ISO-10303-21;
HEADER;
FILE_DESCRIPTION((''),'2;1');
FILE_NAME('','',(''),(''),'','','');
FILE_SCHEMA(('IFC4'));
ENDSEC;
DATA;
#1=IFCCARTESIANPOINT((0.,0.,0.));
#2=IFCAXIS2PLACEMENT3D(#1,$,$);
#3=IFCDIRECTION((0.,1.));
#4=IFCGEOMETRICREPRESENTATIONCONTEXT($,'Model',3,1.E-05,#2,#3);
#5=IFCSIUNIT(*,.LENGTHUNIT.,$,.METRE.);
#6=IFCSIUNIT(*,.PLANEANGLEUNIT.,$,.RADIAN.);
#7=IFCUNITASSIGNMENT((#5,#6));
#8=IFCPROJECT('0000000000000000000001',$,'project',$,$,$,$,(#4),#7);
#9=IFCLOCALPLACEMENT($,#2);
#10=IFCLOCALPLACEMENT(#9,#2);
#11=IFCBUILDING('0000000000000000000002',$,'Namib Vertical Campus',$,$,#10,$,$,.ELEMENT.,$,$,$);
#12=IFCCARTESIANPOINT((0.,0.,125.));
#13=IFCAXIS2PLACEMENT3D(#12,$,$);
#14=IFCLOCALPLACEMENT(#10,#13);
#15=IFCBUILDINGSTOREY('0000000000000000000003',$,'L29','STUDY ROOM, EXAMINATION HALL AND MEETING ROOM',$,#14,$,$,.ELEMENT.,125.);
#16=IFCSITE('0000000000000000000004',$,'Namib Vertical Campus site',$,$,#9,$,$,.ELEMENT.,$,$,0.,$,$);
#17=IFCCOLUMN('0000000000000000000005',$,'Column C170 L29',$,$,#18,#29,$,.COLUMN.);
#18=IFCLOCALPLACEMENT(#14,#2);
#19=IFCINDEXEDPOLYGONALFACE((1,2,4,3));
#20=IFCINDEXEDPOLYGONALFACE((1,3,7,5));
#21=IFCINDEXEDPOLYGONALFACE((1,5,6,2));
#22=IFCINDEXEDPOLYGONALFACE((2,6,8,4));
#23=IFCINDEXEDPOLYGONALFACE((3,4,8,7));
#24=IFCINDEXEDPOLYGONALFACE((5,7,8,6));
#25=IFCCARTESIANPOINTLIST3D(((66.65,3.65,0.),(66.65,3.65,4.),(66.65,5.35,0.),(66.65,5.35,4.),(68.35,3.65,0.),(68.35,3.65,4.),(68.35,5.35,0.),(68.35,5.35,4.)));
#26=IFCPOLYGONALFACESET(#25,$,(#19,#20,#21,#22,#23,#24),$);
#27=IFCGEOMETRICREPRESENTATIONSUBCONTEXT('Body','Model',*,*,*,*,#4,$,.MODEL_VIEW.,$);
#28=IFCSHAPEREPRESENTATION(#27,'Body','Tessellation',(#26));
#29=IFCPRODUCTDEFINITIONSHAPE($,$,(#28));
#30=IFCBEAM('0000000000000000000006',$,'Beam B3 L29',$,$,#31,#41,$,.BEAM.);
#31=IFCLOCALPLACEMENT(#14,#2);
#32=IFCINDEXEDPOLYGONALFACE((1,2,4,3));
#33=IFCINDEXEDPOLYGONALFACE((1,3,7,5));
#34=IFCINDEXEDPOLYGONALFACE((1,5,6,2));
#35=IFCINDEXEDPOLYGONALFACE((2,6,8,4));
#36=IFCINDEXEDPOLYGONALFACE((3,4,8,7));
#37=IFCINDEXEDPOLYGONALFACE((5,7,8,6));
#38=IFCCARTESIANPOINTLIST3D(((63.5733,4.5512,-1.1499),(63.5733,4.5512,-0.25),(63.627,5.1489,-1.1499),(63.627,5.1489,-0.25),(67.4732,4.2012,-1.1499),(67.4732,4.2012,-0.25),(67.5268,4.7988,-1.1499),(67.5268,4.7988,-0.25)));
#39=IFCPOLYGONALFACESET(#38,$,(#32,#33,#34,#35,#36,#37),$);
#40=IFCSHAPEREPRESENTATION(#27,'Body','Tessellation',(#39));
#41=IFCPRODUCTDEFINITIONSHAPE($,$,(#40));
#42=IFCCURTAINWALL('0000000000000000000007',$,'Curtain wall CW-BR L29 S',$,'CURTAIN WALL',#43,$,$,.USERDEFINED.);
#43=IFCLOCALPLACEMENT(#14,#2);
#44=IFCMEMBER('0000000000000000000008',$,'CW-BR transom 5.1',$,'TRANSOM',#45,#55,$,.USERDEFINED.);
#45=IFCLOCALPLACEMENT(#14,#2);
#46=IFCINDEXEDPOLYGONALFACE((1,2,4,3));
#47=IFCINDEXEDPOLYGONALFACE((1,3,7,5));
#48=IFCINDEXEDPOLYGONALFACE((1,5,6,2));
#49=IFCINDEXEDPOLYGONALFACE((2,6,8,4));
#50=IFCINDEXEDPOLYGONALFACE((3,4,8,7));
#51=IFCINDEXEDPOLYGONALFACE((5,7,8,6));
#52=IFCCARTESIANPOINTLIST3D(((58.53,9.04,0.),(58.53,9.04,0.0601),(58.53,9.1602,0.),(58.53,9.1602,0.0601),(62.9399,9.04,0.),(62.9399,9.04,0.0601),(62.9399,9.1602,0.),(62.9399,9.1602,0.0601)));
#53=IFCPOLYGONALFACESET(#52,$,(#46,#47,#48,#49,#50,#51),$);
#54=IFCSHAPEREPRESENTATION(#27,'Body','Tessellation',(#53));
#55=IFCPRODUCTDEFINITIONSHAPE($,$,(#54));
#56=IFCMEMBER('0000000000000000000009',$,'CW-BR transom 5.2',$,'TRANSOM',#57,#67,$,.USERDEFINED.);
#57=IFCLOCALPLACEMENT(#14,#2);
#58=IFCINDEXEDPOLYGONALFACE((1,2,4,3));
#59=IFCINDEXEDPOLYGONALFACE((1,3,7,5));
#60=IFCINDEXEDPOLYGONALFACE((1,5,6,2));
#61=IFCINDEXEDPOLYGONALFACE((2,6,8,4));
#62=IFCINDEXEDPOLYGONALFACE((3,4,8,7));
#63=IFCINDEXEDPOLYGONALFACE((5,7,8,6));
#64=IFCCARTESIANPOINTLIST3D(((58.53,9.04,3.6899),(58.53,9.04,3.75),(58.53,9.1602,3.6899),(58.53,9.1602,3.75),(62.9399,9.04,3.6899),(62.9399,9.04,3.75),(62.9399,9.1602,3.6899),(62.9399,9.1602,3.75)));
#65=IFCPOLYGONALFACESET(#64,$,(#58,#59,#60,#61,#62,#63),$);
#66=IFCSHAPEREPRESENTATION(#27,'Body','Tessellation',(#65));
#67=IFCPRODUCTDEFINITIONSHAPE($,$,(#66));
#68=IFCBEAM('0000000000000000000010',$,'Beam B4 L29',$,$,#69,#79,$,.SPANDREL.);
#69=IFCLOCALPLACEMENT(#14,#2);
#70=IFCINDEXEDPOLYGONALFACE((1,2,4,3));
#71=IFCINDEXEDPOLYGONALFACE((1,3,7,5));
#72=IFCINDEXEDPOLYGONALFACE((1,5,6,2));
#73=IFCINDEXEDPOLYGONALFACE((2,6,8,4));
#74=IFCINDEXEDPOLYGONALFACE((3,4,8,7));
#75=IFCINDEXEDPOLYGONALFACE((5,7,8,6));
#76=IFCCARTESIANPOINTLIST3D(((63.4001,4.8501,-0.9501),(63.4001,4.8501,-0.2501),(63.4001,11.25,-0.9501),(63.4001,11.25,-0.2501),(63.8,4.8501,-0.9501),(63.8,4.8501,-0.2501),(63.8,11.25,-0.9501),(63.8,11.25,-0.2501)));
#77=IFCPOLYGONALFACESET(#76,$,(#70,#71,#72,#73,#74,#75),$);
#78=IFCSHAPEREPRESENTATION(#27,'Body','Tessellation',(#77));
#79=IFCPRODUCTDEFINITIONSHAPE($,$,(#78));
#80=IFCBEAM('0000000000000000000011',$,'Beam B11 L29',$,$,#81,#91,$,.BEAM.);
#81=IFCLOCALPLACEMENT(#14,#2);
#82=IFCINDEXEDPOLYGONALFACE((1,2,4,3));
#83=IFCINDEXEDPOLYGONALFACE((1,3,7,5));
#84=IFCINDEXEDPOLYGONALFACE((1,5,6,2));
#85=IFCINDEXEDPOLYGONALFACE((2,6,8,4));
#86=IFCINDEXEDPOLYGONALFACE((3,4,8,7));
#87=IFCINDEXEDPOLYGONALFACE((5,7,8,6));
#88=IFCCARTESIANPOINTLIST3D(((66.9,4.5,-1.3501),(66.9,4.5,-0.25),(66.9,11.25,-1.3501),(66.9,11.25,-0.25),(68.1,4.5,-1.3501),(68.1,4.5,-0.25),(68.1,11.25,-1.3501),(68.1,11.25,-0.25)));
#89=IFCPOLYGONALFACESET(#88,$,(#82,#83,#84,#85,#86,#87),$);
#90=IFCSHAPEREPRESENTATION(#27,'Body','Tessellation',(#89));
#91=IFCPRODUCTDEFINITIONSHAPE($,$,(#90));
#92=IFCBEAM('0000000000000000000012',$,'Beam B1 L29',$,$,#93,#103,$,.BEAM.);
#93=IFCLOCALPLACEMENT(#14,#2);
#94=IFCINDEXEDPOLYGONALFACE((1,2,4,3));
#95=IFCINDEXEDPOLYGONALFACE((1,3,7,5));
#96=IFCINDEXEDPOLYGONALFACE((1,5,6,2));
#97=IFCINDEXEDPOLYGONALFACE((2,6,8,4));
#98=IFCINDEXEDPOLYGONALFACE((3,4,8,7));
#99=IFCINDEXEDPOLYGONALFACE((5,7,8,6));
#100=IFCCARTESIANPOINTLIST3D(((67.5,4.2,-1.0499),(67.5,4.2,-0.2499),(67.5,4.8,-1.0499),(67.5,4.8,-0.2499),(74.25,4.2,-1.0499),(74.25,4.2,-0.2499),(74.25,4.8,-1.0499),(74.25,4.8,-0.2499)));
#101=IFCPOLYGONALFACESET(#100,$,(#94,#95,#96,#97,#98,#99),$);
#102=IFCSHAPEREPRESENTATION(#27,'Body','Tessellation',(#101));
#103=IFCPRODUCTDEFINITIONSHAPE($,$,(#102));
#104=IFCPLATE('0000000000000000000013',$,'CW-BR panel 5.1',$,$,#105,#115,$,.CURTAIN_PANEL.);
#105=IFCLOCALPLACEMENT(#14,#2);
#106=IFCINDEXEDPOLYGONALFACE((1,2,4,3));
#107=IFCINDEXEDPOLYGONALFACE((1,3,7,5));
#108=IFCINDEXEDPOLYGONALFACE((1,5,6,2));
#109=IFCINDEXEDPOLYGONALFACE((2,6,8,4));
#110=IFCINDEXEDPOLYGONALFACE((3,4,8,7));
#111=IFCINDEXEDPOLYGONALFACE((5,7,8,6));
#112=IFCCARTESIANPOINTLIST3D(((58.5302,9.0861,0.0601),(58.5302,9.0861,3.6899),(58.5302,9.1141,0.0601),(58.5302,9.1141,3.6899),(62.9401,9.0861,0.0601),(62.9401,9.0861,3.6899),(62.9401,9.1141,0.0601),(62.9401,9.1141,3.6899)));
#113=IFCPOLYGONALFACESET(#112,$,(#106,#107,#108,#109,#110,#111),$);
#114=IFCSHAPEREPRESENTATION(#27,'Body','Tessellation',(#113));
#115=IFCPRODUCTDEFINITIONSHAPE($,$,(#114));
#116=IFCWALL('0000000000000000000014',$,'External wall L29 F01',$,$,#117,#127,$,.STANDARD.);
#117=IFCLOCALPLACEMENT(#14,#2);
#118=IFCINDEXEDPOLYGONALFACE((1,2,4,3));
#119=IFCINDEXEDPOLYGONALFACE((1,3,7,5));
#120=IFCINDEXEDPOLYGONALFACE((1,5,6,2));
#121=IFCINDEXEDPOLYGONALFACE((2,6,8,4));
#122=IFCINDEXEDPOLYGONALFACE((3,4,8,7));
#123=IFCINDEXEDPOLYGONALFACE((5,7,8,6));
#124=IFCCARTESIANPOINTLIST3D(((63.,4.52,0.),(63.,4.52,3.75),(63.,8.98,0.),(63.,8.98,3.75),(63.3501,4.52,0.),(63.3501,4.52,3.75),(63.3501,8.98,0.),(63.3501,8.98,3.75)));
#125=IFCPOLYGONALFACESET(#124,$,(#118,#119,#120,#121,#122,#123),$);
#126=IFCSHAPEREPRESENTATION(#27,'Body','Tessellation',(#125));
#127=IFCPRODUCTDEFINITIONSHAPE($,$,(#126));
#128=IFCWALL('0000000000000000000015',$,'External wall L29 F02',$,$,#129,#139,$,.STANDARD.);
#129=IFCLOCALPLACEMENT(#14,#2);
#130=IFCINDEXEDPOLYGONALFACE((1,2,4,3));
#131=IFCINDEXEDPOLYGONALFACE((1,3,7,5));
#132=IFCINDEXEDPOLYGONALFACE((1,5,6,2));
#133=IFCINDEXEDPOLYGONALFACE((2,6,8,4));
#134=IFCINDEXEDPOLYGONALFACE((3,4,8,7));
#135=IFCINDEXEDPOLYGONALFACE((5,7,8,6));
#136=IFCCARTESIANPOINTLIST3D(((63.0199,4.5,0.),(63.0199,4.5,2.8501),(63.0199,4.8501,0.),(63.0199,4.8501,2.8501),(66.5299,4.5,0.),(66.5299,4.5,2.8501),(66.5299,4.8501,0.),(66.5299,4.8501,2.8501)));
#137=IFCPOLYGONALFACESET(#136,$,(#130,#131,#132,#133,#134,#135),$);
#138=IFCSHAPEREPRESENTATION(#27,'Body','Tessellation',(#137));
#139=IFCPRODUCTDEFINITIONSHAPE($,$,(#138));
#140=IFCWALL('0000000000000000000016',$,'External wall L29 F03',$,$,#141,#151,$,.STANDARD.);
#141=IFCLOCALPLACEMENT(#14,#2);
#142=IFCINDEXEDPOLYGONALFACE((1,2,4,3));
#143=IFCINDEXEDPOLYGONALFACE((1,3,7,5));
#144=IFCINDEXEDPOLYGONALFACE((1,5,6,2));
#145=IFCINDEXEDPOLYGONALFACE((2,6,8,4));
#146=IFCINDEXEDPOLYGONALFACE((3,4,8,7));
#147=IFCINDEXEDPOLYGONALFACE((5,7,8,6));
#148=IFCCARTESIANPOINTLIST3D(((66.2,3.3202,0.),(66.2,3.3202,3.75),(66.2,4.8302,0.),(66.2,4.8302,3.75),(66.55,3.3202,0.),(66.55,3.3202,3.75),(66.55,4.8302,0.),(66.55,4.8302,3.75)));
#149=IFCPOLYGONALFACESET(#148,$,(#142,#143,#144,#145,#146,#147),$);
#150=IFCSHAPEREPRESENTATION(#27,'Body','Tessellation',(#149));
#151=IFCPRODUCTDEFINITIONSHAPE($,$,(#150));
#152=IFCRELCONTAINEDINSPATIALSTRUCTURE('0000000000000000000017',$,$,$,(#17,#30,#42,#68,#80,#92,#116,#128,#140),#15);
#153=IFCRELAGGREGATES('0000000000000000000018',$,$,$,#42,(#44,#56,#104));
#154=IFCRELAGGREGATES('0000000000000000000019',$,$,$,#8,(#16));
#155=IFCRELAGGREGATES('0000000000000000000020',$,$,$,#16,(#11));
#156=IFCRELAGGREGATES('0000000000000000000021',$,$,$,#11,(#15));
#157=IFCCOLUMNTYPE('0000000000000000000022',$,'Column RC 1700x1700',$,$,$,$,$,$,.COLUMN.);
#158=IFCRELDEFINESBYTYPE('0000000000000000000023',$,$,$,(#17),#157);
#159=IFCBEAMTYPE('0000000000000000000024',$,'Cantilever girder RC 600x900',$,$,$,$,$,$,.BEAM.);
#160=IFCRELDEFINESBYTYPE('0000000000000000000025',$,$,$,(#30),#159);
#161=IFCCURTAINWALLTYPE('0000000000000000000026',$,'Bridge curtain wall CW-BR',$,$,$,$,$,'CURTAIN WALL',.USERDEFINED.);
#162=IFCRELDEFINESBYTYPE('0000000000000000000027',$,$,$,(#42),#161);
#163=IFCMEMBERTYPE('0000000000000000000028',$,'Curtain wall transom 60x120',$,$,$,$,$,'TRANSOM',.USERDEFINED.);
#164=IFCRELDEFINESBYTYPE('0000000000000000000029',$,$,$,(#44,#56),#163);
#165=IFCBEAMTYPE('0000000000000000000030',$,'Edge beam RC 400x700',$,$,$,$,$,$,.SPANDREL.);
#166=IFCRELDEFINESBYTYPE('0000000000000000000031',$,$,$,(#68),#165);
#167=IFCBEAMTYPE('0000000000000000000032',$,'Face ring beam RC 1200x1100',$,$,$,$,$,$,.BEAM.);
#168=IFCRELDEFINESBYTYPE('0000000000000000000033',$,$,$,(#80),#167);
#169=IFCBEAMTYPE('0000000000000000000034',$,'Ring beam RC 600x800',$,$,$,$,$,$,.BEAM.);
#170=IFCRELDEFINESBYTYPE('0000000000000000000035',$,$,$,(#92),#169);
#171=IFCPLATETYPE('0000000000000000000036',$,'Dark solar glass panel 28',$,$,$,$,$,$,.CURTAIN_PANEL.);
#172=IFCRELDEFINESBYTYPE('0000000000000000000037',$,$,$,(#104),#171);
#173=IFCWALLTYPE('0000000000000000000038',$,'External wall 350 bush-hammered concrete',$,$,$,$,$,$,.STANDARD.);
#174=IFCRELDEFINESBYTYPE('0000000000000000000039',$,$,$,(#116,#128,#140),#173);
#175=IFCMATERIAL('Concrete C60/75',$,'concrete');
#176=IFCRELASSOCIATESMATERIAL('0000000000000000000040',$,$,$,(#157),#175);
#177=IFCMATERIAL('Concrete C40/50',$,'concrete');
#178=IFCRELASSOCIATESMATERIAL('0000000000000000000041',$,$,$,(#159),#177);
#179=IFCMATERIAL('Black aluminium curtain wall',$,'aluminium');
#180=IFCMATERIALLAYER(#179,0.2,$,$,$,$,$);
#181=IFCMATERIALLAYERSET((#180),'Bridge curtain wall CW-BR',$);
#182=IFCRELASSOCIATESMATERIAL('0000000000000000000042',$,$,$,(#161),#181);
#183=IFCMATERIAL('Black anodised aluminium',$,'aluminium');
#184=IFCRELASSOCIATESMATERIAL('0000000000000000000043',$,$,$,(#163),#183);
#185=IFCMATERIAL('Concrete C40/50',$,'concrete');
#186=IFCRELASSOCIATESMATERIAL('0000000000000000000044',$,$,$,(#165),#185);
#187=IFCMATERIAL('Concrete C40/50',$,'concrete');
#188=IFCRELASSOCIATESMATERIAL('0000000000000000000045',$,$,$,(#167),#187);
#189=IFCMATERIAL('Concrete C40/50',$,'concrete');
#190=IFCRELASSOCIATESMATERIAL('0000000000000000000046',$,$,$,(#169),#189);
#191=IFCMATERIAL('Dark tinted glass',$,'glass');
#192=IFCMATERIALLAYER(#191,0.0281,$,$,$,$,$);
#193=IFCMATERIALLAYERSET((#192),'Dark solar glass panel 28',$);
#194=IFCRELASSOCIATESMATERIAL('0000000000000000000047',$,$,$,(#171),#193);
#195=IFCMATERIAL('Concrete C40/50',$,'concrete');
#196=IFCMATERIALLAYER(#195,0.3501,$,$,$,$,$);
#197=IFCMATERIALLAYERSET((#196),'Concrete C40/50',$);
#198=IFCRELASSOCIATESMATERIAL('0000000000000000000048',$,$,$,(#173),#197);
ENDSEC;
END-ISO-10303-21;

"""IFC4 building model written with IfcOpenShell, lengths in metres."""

from ifc_helpers import new_model, si_unit, direction, frame, frame_2d, origin, origin_2d, place, context, subcontext, project, spatial, rectangle, extrude, material, layer, layer_set, material_profile, profile_set, type_object, element, aggregate, save


model = new_model("IFC4")

# Units and contexts
model_context = context("Model", 3, precision=1e-05, world=origin(), true_north=direction((0.0, 1.0)))
body_context = subcontext(model_context, "Body", "Model", "MODEL_VIEW")
ifc_project = project(units=[si_unit("LENGTHUNIT", "METRE"), si_unit("PLANEANGLEUNIT", "RADIAN")], contexts=[model_context])

# Site, building, storey
site_placement = place(None, origin())
site = spatial("IfcSite", under=ifc_project, at=site_placement, Name="Namib Vertical Campus site", CompositionType="ELEMENT", RefElevation=0.0)
building_placement = place(site_placement, origin())
building = spatial("IfcBuilding", under=site, at=building_placement, Name="Namib Vertical Campus", CompositionType="ELEMENT")
storey_placement = place(building_placement, frame((0.0, 0.0, 125.0)))
storey = spatial("IfcBuildingStorey", under=building, at=storey_placement, Name="L29", Description="STUDY ROOM, EXAMINATION HALL AND MEETING ROOM", CompositionType="ELEMENT", Elevation=125.0)

# Column
ifc_material_1 = material(Name="Concrete C60/75", Category="concrete")
ifc_material_profile_1 = material_profile(ifc_material_1, rectangle(XDim=1.7, YDim=1.7, at=origin_2d()))
ifc_profile_set_1 = profile_set([ifc_material_profile_1], Name="Concrete C60/75")
column_type = type_object("IfcColumnType", Name="Column RC 1700x1700", PredefinedType="COLUMN", material=ifc_profile_set_1)
column_placement = place(storey_placement, frame((67.5, 4.5, 0.0), z_axis=(0.0, 0.0, 1.0), x_axis=(1.0, 0.0, 0.0)))
element("IfcColumn", 1, at=column_placement, inside=storey, type_object=column_type, Name="Column C170 L29", PredefinedType="COLUMN", context=body_context, shape_type="SweptSolid", body=[
    extrude(rectangle(XDim=1.7, YDim=1.7, at=origin_2d()), origin(), (0.0, 0.0, 1.0), 4.0),
])

# Beam
ifc_material_2 = material(Name="Concrete C40/50", Category="concrete")
ifc_material_profile_2 = material_profile(ifc_material_2, rectangle(XDim=0.6001, YDim=0.8999, at=origin_2d()))
ifc_profile_set_2 = profile_set([ifc_material_profile_2], Name="Concrete C40/50")
beam_type_1 = type_object("IfcBeamType", Name="Cantilever girder RC 600x900", PredefinedType="BEAM", material=ifc_profile_set_2)
beam_1_placement = place(storey_placement, frame((67.5, 4.5, -0.7), z_axis=(-0.995995, 0.089411, 0.0), x_axis=(-0.089411, -0.995995, 0.0)))
element("IfcBeam", 2, at=beam_1_placement, inside=storey, type_object=beam_type_1, Name="Beam B3 L29", PredefinedType="BEAM", context=body_context, shape_type="SweptSolid", body=[
    extrude(rectangle(XDim=0.6001, YDim=0.8999, at=origin_2d()), origin(), (0.0, 0.0, 1.0), 3.9155),
])

# Curtain wall, members
ifc_material_3 = material(Name="Black aluminium curtain wall", Category="aluminium")
ifc_layer_1 = layer(ifc_material_3, 0.2)
ifc_layer_set_1 = layer_set([ifc_layer_1], Name="Bridge curtain wall CW-BR")
curtain_wall_type = type_object("IfcCurtainWallType", Name="Bridge curtain wall CW-BR", ElementType="CURTAIN WALL", PredefinedType="USERDEFINED", material=ifc_layer_set_1)
curtain_wall_placement = place(storey_placement, origin())
curtain_wall = element("IfcCurtainWall", 3, at=curtain_wall_placement, inside=storey, type_object=curtain_wall_type, Name="Curtain wall CW-BR L29 S", ObjectType="CURTAIN WALL", PredefinedType="USERDEFINED")
ifc_material_4 = material(Name="Black anodised aluminium", Category="aluminium")
ifc_material_profile_3 = material_profile(ifc_material_4, rectangle(XDim=0.0601, YDim=0.1201, at=origin_2d()))
ifc_profile_set_3 = profile_set([ifc_material_profile_3], Name="Black anodised aluminium")
member_type = type_object("IfcMemberType", Name="Curtain wall transom 60x120", ElementType="TRANSOM", PredefinedType="USERDEFINED", material=ifc_profile_set_3)
member_1_placement = place(storey_placement, frame((58.53, 9.1001, 0.03), z_axis=(1.0, 0.0, 0.0), x_axis=(0.0, 0.0, 1.0)))
member_1 = element("IfcMember", 4, at=member_1_placement, type_object=member_type, Name="CW-BR transom 5.1", ObjectType="TRANSOM", PredefinedType="USERDEFINED", context=body_context, shape_type="SweptSolid", body=[
    extrude(rectangle(XDim=0.0601, YDim=0.1201, at=origin_2d()), origin(), (0.0, 0.0, 1.0), 4.4099),
])
member_2_placement = place(storey_placement, frame((58.53, 9.1001, 3.72), z_axis=(1.0, 0.0, 0.0), x_axis=(0.0, 0.0, 1.0)))
member_2 = element("IfcMember", 5, at=member_2_placement, type_object=member_type, Name="CW-BR transom 5.2", ObjectType="TRANSOM", PredefinedType="USERDEFINED", context=body_context, shape_type="SweptSolid", body=[
    extrude(rectangle(XDim=0.0601, YDim=0.1201, at=origin_2d()), origin(), (0.0, 0.0, 1.0), 4.4099),
])

# Beams
ifc_material_5 = material(Name="Concrete C40/50", Category="concrete")
ifc_material_profile_4 = material_profile(ifc_material_5, rectangle(XDim=0.3999, YDim=0.7, at=origin_2d()))
ifc_profile_set_4 = profile_set([ifc_material_profile_4], Name="Concrete C40/50")
beam_type_2 = type_object("IfcBeamType", Name="Edge beam RC 400x700", PredefinedType="SPANDREL", material=ifc_profile_set_4)
beam_2_placement = place(storey_placement, frame((63.6001, 4.8501, -0.6001), z_axis=(0.0, 1.0, 0.0), x_axis=(-1.0, 0.0, 0.0)))
element("IfcBeam", 6, at=beam_2_placement, inside=storey, type_object=beam_type_2, Name="Beam B4 L29", PredefinedType="SPANDREL", context=body_context, shape_type="SweptSolid", body=[
    extrude(rectangle(XDim=0.3999, YDim=0.7, at=origin_2d()), origin(), (0.0, 0.0, 1.0), 6.3999),
])
ifc_material_6 = material(Name="Concrete C40/50", Category="concrete")
ifc_material_profile_5 = material_profile(ifc_material_6, rectangle(XDim=1.2, YDim=1.1001, at=origin_2d()))
ifc_profile_set_5 = profile_set([ifc_material_profile_5], Name="Concrete C40/50")
beam_type_3 = type_object("IfcBeamType", Name="Face ring beam RC 1200x1100", PredefinedType="BEAM", material=ifc_profile_set_5)
beam_3_placement = place(storey_placement, frame((67.5, 4.5, -0.8), z_axis=(0.0, 1.0, 0.0), x_axis=(-1.0, 0.0, 0.0)))
element("IfcBeam", 7, at=beam_3_placement, inside=storey, type_object=beam_type_3, Name="Beam B11 L29", PredefinedType="BEAM", context=body_context, shape_type="SweptSolid", body=[
    extrude(rectangle(XDim=1.2, YDim=1.1001, at=origin_2d()), origin(), (0.0, 0.0, 1.0), 6.75),
])
ifc_material_7 = material(Name="Concrete C40/50", Category="concrete")
ifc_material_profile_6 = material_profile(ifc_material_7, rectangle(XDim=0.6001, YDim=0.8, at=origin_2d()))
ifc_profile_set_6 = profile_set([ifc_material_profile_6], Name="Concrete C40/50")
beam_type_4 = type_object("IfcBeamType", Name="Ring beam RC 600x800", PredefinedType="BEAM", material=ifc_profile_set_6)
beam_4_placement = place(storey_placement, frame((67.5, 4.5, -0.6499), z_axis=(1.0, 0.0, 0.0), x_axis=(0.0, 1.0, 0.0)))
element("IfcBeam", 8, at=beam_4_placement, inside=storey, type_object=beam_type_4, Name="Beam B1 L29", PredefinedType="BEAM", context=body_context, shape_type="SweptSolid", body=[
    extrude(rectangle(XDim=0.6001, YDim=0.8, at=origin_2d()), origin(), (0.0, 0.0, 1.0), 6.75),
])

# Plate
ifc_material_8 = material(Name="Dark tinted glass", Category="glass")
ifc_layer_2 = layer(ifc_material_8, 0.0281)
ifc_layer_set_2 = layer_set([ifc_layer_2], Name="Dark solar glass panel 28")
plate_type = type_object("IfcPlateType", Name="Dark solar glass panel 28", PredefinedType="CURTAIN_PANEL", material=ifc_layer_set_2)
plate_placement = place(storey_placement, frame((60.7351, 9.1001, 0.0601), z_axis=(0.0, 0.0, 1.0), x_axis=(1.0, 0.0, 0.0)))
plate = element("IfcPlate", 9, at=plate_placement, type_object=plate_type, Name="CW-BR panel 5.1", PredefinedType="CURTAIN_PANEL", context=body_context, shape_type="SweptSolid", body=[
    extrude(rectangle(XDim=4.4099, YDim=0.0281, at=origin_2d()), origin(), (0.0, 0.0, 1.0), 3.6299),
])
aggregate(curtain_wall, [member_1, member_2, plate])

# Walls
ifc_material_9 = material(Name="Concrete C40/50", Category="concrete")
ifc_layer_3 = layer(ifc_material_9, 0.3501)
ifc_layer_set_3 = layer_set([ifc_layer_3], Name="Concrete C40/50")
wall_type = type_object("IfcWallType", Name="External wall 350 bush-hammered concrete", PredefinedType="STANDARD", material=ifc_layer_set_3)
wall_1_placement = place(storey_placement, frame((63.175, 8.98, 0.0), z_axis=(0.0, 0.0, 1.0), x_axis=(0.0, -1.0, 0.0)))
element("IfcWall", 10, at=wall_1_placement, inside=storey, type_object=wall_type, Name="External wall L29 F01", PredefinedType="STANDARD", context=body_context, shape_type="SweptSolid", body=[
    extrude(rectangle(XDim=4.46, YDim=0.3501, at=frame_2d((2.23, 0.0))), origin(), (0.0, 0.0, 1.0), 3.75),
])
wall_2_placement = place(storey_placement, frame((63.02, 4.675, 0.0), z_axis=(0.0, 0.0, 1.0), x_axis=(1.0, 0.0, 0.0)))
element("IfcWall", 11, at=wall_2_placement, inside=storey, type_object=wall_type, Name="External wall L29 F02", PredefinedType="STANDARD", context=body_context, shape_type="SweptSolid", body=[
    extrude(rectangle(XDim=3.51, YDim=0.3501, at=frame_2d((1.7549, 0.0))), origin(), (0.0, 0.0, 1.0), 2.8501),
])
wall_3_placement = place(storey_placement, frame((66.375, 4.8301, 0.0), z_axis=(0.0, 0.0, 1.0), x_axis=(0.0, -1.0, 0.0)))
element("IfcWall", 12, at=wall_3_placement, inside=storey, type_object=wall_type, Name="External wall L29 F03", PredefinedType="STANDARD", context=body_context, shape_type="SweptSolid", body=[
    extrude(rectangle(XDim=1.51, YDim=0.3501, at=frame_2d((0.7549, 0.0))), origin(), (0.0, 0.0, 1.0), 3.75),
])

save(model, "model.ifc")
